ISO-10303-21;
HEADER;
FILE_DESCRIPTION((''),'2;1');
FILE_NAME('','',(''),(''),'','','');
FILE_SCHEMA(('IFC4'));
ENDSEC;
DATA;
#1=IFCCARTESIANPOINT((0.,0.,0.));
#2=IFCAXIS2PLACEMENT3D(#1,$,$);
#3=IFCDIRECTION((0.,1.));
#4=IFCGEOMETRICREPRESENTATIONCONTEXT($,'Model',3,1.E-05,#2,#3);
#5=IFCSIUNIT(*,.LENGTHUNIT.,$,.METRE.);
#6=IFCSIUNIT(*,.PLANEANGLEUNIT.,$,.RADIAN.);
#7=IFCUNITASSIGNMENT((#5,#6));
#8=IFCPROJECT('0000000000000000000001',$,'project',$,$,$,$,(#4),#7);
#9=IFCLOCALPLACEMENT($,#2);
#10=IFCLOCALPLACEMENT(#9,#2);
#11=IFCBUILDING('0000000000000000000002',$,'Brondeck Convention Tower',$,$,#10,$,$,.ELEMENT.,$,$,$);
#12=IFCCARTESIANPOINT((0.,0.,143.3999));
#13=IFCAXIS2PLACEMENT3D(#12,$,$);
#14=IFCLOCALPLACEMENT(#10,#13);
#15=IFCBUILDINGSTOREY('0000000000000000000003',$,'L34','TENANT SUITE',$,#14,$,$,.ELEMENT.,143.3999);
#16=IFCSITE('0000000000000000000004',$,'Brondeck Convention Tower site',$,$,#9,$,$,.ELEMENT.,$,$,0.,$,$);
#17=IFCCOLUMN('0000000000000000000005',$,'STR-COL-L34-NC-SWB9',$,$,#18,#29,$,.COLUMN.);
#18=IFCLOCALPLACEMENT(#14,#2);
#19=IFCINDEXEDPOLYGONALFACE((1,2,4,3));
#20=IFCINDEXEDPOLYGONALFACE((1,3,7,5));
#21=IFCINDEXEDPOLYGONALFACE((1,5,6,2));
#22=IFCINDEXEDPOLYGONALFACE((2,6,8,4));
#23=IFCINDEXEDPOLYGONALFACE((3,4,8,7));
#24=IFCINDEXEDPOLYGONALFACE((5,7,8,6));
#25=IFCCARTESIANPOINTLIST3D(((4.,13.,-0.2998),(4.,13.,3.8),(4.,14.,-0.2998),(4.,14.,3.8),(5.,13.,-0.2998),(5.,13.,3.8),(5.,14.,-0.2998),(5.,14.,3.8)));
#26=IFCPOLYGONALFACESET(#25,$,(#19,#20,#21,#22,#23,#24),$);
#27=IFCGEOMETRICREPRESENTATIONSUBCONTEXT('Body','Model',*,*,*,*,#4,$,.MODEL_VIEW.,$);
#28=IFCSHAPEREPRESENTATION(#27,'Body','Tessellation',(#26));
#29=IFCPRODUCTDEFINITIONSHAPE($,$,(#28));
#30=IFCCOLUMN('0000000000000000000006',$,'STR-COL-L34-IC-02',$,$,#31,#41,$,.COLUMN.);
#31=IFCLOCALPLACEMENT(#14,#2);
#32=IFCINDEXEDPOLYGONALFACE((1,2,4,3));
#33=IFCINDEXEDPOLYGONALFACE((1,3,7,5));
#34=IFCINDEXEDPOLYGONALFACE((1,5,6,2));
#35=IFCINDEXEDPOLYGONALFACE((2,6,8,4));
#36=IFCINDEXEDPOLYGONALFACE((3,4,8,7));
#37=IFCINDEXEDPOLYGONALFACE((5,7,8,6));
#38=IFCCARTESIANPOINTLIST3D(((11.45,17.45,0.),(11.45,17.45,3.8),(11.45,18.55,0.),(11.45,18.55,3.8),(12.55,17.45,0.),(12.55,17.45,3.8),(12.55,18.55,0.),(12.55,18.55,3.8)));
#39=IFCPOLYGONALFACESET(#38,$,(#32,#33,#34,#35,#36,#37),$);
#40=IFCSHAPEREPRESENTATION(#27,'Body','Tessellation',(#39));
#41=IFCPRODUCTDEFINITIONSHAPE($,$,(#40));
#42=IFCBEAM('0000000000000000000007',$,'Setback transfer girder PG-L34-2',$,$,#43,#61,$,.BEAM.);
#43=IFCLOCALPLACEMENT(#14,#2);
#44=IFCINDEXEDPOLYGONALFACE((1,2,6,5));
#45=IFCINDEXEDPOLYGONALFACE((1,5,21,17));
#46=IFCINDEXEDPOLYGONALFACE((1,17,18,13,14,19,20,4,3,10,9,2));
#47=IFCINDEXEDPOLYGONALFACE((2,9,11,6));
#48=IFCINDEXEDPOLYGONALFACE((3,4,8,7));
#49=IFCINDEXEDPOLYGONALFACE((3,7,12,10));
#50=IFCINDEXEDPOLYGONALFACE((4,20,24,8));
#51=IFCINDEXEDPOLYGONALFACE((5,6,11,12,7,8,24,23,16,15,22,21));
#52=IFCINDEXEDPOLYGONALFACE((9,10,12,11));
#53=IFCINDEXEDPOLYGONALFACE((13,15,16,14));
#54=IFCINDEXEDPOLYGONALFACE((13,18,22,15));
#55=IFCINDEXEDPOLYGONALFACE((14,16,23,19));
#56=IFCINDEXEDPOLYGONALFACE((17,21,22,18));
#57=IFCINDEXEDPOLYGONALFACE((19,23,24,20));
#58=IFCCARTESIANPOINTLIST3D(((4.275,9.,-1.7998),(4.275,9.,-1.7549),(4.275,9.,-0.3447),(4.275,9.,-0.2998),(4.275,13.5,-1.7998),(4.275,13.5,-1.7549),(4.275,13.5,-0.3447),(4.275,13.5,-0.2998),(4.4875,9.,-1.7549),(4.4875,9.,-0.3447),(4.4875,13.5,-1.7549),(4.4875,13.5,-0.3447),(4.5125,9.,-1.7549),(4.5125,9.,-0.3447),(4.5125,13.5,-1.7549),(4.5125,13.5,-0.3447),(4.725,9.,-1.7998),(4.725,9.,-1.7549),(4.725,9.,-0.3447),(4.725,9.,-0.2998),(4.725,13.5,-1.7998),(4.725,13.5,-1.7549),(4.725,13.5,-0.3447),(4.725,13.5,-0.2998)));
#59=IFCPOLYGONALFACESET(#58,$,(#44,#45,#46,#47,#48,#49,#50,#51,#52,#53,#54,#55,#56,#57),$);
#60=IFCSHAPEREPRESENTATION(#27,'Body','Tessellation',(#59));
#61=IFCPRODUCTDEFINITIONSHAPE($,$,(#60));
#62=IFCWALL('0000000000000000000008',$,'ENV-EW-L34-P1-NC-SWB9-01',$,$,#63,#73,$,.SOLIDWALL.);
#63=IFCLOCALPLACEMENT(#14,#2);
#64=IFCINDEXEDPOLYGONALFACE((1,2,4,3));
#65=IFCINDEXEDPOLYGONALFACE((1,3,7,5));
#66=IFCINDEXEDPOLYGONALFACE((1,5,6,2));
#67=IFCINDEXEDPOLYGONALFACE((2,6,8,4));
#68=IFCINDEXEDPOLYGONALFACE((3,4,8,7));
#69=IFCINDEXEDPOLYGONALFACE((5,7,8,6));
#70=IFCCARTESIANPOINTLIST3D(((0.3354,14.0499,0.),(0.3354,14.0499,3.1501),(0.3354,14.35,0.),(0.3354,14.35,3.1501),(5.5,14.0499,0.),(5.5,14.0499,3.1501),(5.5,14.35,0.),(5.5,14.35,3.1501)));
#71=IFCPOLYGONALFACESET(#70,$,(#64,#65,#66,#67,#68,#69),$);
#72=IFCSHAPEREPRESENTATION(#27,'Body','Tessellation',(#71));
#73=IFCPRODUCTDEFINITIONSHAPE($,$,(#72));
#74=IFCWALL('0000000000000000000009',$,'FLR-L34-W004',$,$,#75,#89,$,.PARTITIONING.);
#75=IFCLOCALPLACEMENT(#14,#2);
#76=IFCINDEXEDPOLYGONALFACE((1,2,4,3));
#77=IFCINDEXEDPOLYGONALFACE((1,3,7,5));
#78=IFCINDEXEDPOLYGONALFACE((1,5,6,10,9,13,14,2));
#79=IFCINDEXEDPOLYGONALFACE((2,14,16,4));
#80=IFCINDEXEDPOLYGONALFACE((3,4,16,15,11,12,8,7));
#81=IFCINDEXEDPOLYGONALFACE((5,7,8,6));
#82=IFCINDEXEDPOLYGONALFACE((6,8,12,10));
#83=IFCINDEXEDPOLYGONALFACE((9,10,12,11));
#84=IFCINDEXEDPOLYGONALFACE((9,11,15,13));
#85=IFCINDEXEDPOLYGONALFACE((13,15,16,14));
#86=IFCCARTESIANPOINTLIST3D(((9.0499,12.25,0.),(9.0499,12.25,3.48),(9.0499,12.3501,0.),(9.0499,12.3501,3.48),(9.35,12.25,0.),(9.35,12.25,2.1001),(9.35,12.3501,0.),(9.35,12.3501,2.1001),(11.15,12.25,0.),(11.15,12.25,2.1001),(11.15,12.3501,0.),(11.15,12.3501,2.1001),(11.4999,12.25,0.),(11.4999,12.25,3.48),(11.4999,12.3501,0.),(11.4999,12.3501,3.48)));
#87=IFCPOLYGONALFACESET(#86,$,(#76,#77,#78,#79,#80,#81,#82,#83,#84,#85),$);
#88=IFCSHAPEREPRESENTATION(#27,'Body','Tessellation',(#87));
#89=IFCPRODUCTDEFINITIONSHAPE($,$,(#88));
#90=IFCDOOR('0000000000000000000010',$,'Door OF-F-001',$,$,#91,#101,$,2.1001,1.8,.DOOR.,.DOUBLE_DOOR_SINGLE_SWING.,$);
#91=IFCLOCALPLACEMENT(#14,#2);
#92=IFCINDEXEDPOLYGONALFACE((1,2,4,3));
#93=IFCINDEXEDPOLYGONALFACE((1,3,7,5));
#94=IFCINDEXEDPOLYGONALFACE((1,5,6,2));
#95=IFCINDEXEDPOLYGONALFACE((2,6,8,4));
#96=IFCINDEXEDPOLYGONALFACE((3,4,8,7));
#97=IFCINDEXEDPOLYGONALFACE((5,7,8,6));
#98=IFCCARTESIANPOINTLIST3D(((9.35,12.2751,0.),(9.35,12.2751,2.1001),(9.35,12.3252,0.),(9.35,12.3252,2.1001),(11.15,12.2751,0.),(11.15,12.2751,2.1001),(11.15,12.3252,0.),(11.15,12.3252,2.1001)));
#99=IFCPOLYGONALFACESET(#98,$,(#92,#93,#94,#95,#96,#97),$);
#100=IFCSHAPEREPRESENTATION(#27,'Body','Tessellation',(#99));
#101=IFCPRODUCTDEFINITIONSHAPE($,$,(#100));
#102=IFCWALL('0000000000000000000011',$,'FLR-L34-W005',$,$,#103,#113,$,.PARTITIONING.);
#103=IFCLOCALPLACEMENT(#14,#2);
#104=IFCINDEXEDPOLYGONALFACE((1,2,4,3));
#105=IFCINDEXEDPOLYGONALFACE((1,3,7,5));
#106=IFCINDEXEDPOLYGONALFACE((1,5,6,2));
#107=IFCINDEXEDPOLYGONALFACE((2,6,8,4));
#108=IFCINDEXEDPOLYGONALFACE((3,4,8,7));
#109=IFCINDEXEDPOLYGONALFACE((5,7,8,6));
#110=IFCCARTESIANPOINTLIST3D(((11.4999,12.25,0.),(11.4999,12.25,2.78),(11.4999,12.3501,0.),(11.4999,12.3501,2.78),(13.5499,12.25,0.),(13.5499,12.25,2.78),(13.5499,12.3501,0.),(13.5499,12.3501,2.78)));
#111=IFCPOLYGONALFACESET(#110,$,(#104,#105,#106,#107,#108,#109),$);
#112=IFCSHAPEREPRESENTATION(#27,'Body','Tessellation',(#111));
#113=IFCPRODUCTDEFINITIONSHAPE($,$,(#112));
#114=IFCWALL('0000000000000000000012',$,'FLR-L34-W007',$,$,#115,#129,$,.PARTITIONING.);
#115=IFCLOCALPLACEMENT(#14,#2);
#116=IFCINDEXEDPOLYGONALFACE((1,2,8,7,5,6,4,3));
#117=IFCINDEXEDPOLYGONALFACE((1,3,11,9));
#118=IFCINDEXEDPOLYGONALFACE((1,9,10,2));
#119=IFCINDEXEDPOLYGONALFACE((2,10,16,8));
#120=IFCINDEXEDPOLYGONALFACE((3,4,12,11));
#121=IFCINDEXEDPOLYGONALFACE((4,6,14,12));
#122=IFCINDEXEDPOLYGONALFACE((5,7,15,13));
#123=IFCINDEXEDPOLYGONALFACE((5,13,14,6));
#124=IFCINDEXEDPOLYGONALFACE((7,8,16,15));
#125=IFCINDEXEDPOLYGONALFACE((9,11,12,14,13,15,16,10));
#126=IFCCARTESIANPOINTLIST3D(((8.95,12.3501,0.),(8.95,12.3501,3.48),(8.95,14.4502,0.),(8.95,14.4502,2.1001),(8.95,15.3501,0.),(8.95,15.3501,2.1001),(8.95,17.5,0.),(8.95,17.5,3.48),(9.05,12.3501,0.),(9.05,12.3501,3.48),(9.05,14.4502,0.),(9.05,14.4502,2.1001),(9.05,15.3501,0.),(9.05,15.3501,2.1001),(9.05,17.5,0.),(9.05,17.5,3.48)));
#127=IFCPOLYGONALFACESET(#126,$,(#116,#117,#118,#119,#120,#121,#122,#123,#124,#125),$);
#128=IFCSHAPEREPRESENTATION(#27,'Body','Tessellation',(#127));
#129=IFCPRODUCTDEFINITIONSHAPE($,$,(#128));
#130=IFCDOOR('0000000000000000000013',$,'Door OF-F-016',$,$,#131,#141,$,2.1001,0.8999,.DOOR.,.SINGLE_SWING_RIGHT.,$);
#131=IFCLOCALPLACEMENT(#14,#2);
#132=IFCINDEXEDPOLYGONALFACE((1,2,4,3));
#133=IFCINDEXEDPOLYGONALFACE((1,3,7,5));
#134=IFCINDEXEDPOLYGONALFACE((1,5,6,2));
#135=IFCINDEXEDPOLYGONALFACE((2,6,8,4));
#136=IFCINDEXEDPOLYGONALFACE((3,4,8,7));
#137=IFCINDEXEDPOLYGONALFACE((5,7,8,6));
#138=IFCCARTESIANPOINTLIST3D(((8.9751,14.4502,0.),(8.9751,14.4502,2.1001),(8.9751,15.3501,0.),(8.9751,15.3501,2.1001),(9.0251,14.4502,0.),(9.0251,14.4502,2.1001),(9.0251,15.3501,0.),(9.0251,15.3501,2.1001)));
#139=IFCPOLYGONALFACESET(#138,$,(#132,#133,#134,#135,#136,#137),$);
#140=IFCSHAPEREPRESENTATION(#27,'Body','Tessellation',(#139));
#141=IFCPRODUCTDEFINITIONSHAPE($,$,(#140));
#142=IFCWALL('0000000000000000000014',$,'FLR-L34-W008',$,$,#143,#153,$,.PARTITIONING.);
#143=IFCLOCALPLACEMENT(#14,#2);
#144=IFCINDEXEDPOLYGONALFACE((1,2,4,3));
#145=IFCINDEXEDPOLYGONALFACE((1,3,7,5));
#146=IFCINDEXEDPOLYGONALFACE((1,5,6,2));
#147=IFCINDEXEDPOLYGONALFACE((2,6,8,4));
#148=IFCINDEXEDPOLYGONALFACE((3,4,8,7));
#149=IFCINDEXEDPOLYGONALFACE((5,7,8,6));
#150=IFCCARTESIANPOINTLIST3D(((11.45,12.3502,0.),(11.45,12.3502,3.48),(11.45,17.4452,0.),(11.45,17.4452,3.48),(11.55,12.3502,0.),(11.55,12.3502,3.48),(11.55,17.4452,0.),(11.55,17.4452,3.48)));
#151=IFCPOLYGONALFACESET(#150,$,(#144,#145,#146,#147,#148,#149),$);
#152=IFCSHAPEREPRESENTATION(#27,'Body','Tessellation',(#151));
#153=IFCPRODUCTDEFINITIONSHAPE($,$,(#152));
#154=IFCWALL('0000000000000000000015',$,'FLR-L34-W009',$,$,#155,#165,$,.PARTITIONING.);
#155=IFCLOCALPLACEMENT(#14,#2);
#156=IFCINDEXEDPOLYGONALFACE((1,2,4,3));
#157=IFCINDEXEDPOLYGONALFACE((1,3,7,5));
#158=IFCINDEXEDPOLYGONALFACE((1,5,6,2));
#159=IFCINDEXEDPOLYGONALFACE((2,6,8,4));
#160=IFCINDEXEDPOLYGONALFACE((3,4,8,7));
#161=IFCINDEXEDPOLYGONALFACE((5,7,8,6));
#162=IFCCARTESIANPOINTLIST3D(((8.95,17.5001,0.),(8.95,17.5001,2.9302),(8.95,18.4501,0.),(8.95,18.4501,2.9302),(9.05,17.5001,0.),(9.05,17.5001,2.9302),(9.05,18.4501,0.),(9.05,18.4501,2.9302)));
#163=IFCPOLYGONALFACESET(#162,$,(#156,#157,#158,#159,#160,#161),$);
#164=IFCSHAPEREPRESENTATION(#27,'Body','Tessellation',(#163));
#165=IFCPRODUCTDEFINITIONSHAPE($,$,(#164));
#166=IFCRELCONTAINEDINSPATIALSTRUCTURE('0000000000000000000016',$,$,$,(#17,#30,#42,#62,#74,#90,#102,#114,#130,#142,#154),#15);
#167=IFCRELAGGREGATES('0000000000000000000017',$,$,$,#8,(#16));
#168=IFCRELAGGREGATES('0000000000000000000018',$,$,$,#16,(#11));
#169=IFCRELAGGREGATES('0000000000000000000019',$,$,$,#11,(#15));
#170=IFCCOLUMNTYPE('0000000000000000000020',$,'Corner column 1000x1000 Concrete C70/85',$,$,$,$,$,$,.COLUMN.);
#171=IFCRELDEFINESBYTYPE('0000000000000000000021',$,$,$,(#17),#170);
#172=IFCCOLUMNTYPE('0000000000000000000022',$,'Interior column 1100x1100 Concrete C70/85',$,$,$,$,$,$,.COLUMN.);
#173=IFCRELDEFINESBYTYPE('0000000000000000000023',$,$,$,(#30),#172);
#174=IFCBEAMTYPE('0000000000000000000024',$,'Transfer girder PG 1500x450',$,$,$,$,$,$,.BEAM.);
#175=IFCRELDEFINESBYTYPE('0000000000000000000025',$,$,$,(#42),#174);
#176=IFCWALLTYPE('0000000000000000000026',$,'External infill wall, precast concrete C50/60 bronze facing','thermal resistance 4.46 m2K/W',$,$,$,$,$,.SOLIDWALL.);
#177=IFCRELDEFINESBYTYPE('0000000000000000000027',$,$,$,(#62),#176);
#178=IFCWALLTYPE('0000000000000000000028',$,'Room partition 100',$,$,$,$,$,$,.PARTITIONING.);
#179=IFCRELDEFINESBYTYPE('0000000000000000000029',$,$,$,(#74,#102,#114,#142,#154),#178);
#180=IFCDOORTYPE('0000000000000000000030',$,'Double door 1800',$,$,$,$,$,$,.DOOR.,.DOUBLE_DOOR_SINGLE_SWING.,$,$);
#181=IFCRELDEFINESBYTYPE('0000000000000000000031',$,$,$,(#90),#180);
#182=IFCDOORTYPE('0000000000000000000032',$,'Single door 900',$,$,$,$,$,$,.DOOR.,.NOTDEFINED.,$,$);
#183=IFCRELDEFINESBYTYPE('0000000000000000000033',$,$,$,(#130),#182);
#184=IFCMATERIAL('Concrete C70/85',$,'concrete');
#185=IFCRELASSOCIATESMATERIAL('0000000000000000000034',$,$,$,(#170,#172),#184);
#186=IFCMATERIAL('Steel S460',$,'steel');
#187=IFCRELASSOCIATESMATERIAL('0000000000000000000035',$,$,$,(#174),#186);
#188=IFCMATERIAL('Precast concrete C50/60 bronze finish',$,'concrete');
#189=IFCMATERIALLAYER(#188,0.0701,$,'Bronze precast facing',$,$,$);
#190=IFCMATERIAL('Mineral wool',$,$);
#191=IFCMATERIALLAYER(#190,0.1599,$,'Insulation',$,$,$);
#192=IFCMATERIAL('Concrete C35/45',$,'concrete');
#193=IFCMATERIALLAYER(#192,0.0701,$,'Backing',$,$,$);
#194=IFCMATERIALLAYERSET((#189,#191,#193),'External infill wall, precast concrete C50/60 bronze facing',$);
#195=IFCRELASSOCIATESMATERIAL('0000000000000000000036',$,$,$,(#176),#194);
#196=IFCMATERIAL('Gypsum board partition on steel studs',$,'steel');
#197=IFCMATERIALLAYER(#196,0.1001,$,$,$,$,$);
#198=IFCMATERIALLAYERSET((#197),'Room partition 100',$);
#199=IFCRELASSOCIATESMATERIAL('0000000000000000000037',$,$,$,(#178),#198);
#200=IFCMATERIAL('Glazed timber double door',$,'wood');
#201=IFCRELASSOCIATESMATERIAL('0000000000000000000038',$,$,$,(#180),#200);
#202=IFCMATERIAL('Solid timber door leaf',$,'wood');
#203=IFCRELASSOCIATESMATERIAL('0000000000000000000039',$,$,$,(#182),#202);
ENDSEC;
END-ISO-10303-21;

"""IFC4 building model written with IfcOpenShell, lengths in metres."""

from ifc_helpers import new_model, si_unit, direction, frame, frame_2d, origin, origin_2d, place, context, subcontext, project, spatial, rectangle, i_section, extrude, material, layer, layer_set, material_profile, profile_set, type_object, element, fill, save


model = new_model("IFC4")

# Units and contexts
model_context = context("Model", 3, precision=1e-05, world=origin(), true_north=direction((0.0, 1.0)))
body_context = subcontext(model_context, "Body", "Model", "MODEL_VIEW")
ifc_project = project(units=[si_unit("LENGTHUNIT", "METRE"), si_unit("PLANEANGLEUNIT", "RADIAN")], contexts=[model_context])

# Site, building, storey
site_placement = place(None, origin())
site = spatial("IfcSite", under=ifc_project, at=site_placement, Name="Brondeck Convention Tower site", CompositionType="ELEMENT", RefElevation=0.0)
building_placement = place(site_placement, origin())
building = spatial("IfcBuilding", under=site, at=building_placement, Name="Brondeck Convention Tower", CompositionType="ELEMENT")
storey_placement = place(building_placement, frame((0.0, 0.0, 143.3999)))
storey = spatial("IfcBuildingStorey", under=building, at=storey_placement, Name="L34", Description="TENANT SUITE", CompositionType="ELEMENT", Elevation=143.3999)

# Columns
ifc_material_1 = material(Name="Concrete C70/85", Category="concrete")
ifc_material_profile_1 = material_profile(ifc_material_1, rectangle(XDim=1.0, YDim=1.0, at=origin_2d()), Name="Corner column 1000x1000 Concrete C70/85")
ifc_profile_set_1 = profile_set([ifc_material_profile_1], Name="Concrete C70/85")
column_type_1 = type_object("IfcColumnType", Name="Corner column 1000x1000 Concrete C70/85", PredefinedType="COLUMN", material=ifc_profile_set_1)
column_1_placement = place(storey_placement, frame((4.5, 13.5, -0.2998), z_axis=(0.0, 0.0, 1.0), x_axis=(1.0, 0.0, 0.0)))
element("IfcColumn", 1, at=column_1_placement, inside=storey, type_object=column_type_1, Name="STR-COL-L34-NC-SWB9", PredefinedType="COLUMN", context=body_context, shape_type="SweptSolid", body=[
    extrude(rectangle(XDim=1.0, YDim=1.0, at=origin_2d()), origin(), (0.0, 0.0, 1.0), 4.0999),
])
ifc_material_profile_2 = material_profile(ifc_material_1, rectangle(XDim=1.1001, YDim=1.1001, at=origin_2d()), Name="Interior column 1100x1100 Concrete C70/85")
ifc_profile_set_2 = profile_set([ifc_material_profile_2], Name="Concrete C70/85")
column_type_2 = type_object("IfcColumnType", Name="Interior column 1100x1100 Concrete C70/85", PredefinedType="COLUMN", material=ifc_profile_set_2)
column_2_placement = place(storey_placement, frame((12.0, 18.0, 0.0), z_axis=(0.0, 0.0, 1.0), x_axis=(1.0, 0.0, 0.0)))
element("IfcColumn", 2, at=column_2_placement, inside=storey, type_object=column_type_2, Name="STR-COL-L34-IC-02", PredefinedType="COLUMN", context=body_context, shape_type="SweptSolid", body=[
    extrude(rectangle(XDim=1.1001, YDim=1.1001, at=origin_2d()), origin(), (0.0, 0.0, 1.0), 3.8),
])

# Beam
ifc_material_2 = material(Name="Steel S460", Category="steel")
ifc_material_profile_3 = material_profile(ifc_material_2, i_section(OverallWidth=0.45, OverallDepth=1.5, WebThickness=0.0249, FlangeThickness=0.0449, at=origin_2d()), Name="PG 1500x450")
ifc_profile_set_3 = profile_set([ifc_material_profile_3], Name="Steel S460")
beam_type = type_object("IfcBeamType", Name="Transfer girder PG 1500x450", PredefinedType="BEAM", material=ifc_profile_set_3)
beam_placement = place(storey_placement, frame((4.5, 13.5, -1.0498), z_axis=(0.0, -1.0, 0.0), x_axis=(1.0, 0.0, 0.0)))
element("IfcBeam", 3, at=beam_placement, inside=storey, type_object=beam_type, Name="Setback transfer girder PG-L34-2", PredefinedType="BEAM", context=body_context, shape_type="SweptSolid", body=[
    extrude(i_section(OverallWidth=0.45, OverallDepth=1.5, WebThickness=0.0249, FlangeThickness=0.0449, at=origin_2d()), origin(), (0.0, 0.0, 1.0), 4.5),
])

# Wall
ifc_material_3 = material(Name="Precast concrete C50/60 bronze finish", Category="concrete")
ifc_layer_1 = layer(ifc_material_3, 0.0701, Name="Bronze precast facing")
ifc_material_4 = material(Name="Mineral wool")
ifc_layer_2 = layer(ifc_material_4, 0.1599, Name="Insulation")
ifc_material_5 = material(Name="Concrete C35/45", Category="concrete")
ifc_layer_3 = layer(ifc_material_5, 0.0701, Name="Backing")
ifc_layer_set_1 = layer_set([ifc_layer_1, ifc_layer_2, ifc_layer_3], Name="External infill wall, precast concrete C50/60 bronze facing")
wall_type_1 = type_object("IfcWallType", Name="External infill wall, precast concrete C50/60 bronze facing", Description="thermal resistance 4.46 m2K/W", PredefinedType="SOLIDWALL", material=ifc_layer_set_1)
wall_1_placement = place(storey_placement, frame((5.5, 14.2, 0.0), z_axis=(0.0, 0.0, 1.0), x_axis=(-1.0, 0.0, 0.0)))
element("IfcWall", 4, at=wall_1_placement, inside=storey, type_object=wall_type_1, Name="ENV-EW-L34-P1-NC-SWB9-01", PredefinedType="SOLIDWALL", context=body_context, shape_type="SweptSolid", body=[
    extrude(rectangle(XDim=5.1646, YDim=0.3, at=frame_2d((2.5823, 0.0))), origin(), (0.0, 0.0, 1.0), 3.1501),
])

# Wall, opening, door
ifc_material_6 = material(Name="Gypsum board partition on steel studs", Category="steel")
ifc_layer_4 = layer(ifc_material_6, 0.1001)
ifc_layer_set_2 = layer_set([ifc_layer_4], Name="Room partition 100")
wall_type_2 = type_object("IfcWallType", Name="Room partition 100", PredefinedType="PARTITIONING", material=ifc_layer_set_2)
wall_2_placement = place(storey_placement, frame((11.5, 12.3, 0.0), z_axis=(0.0, 0.0, 1.0), x_axis=(-1.0, 0.0, 0.0)))
wall_2 = element("IfcWall", 5, at=wall_2_placement, inside=storey, type_object=wall_type_2, Name="FLR-L34-W004", PredefinedType="PARTITIONING", context=body_context, shape_type="SweptSolid", body=[
    extrude(rectangle(XDim=2.45, YDim=0.1001, at=frame_2d((1.2251, 0.0))), origin(), (0.0, 0.0, 1.0), 3.48),
])
opening_1_placement = place(wall_2_placement, frame((0.3501, 0.0, 0.0)))
opening_1 = element("IfcOpeningElement", 6, at=opening_1_placement, cuts=wall_2, PredefinedType="OPENING", context=body_context, shape_type="SweptSolid", body=[
    extrude(rectangle(XDim=1.8, YDim=2.1001, at=frame_2d((0.8999, 1.05))), frame((0.0, 0.0601, 0.0), z_axis=(0.0, -1.0, 0.0), x_axis=(1.0, 0.0, 0.0)), (0.0, 0.0, 1.0), 0.1201),
])
ifc_material_7 = material(Name="Glazed timber double door", Category="wood")
door_type_1 = type_object("IfcDoorType", Name="Double door 1800", OperationType="DOUBLE_DOOR_SINGLE_SWING", PredefinedType="DOOR", material=ifc_material_7)
door_1_placement = place(opening_1_placement, origin())
door_1 = element("IfcDoor", 7, at=door_1_placement, inside=storey, type_object=door_type_1, Name="Door OF-F-001", OperationType="DOUBLE_DOOR_SINGLE_SWING", OverallHeight=2.1001, OverallWidth=1.8, PredefinedType="DOOR", context=body_context, shape_type="SweptSolid", body=[
    extrude(rectangle(XDim=1.8, YDim=2.1001, at=frame_2d((0.8999, 1.05))), frame((0.0, 0.0249, 0.0), z_axis=(0.0, -1.0, 0.0), x_axis=(1.0, 0.0, 0.0)), (0.0, 0.0, 1.0), 0.05),
])
fill(opening_1, door_1)

# Wall
wall_3_placement = place(storey_placement, frame((11.5, 12.3, 0.0), z_axis=(0.0, 0.0, 1.0), x_axis=(1.0, 0.0, 0.0)))
element("IfcWall", 8, at=wall_3_placement, inside=storey, type_object=wall_type_2, Name="FLR-L34-W005", PredefinedType="PARTITIONING", context=body_context, shape_type="SweptSolid", body=[
    extrude(rectangle(XDim=2.05, YDim=0.1001, at=frame_2d((1.0249, 0.0))), origin(), (0.0, 0.0, 1.0), 2.78),
])

# Wall, opening, door
wall_4_placement = place(storey_placement, frame((9.0, 12.3501, 0.0), z_axis=(0.0, 0.0, 1.0), x_axis=(0.0, 1.0, 0.0)))
wall_4 = element("IfcWall", 9, at=wall_4_placement, inside=storey, type_object=wall_type_2, Name="FLR-L34-W007", PredefinedType="PARTITIONING", context=body_context, shape_type="SweptSolid", body=[
    extrude(rectangle(XDim=5.1499, YDim=0.1001, at=frame_2d((2.575, 0.0))), origin(), (0.0, 0.0, 1.0), 3.48),
])
opening_2_placement = place(wall_4_placement, frame((2.1001, 0.0, 0.0)))
opening_2 = element("IfcOpeningElement", 10, at=opening_2_placement, cuts=wall_4, PredefinedType="OPENING", context=body_context, shape_type="SweptSolid", body=[
    extrude(rectangle(XDim=0.8999, YDim=2.1001, at=frame_2d((0.45, 1.05))), frame((0.0, 0.0601, 0.0), z_axis=(0.0, -1.0, 0.0), x_axis=(1.0, 0.0, 0.0)), (0.0, 0.0, 1.0), 0.1201),
])
ifc_material_8 = material(Name="Solid timber door leaf", Category="wood")
door_type_2 = type_object("IfcDoorType", Name="Single door 900", OperationType="NOTDEFINED", PredefinedType="DOOR", material=ifc_material_8)
door_2_placement = place(opening_2_placement, origin())
door_2 = element("IfcDoor", 11, at=door_2_placement, inside=storey, type_object=door_type_2, Name="Door OF-F-016", OperationType="SINGLE_SWING_RIGHT", OverallHeight=2.1001, OverallWidth=0.8999, PredefinedType="DOOR", context=body_context, shape_type="SweptSolid", body=[
    extrude(rectangle(XDim=0.8999, YDim=2.1001, at=frame_2d((0.45, 1.05))), frame((0.0, 0.0249, 0.0), z_axis=(0.0, -1.0, 0.0), x_axis=(1.0, 0.0, 0.0)), (0.0, 0.0, 1.0), 0.05),
])
fill(opening_2, door_2)

# Walls
wall_5_placement = place(storey_placement, frame((11.5, 17.4451, 0.0), z_axis=(0.0, 0.0, 1.0), x_axis=(0.0, -1.0, 0.0)))
element("IfcWall", 12, at=wall_5_placement, inside=storey, type_object=wall_type_2, Name="FLR-L34-W008", PredefinedType="PARTITIONING", context=body_context, shape_type="SweptSolid", body=[
    extrude(rectangle(XDim=5.095, YDim=0.1001, at=frame_2d((2.5474, 0.0))), origin(), (0.0, 0.0, 1.0), 3.48),
])
wall_6_placement = place(storey_placement, frame((9.0, 17.5, 0.0), z_axis=(0.0, 0.0, 1.0), x_axis=(0.0, 1.0, 0.0)))
element("IfcWall", 13, at=wall_6_placement, inside=storey, type_object=wall_type_2, Name="FLR-L34-W009", PredefinedType="PARTITIONING", context=body_context, shape_type="SweptSolid", body=[
    extrude(rectangle(XDim=0.95, YDim=0.1001, at=frame_2d((0.4751, 0.0))), origin(), (0.0, 0.0, 1.0), 2.9302),
])

save(model, "model.ifc")
